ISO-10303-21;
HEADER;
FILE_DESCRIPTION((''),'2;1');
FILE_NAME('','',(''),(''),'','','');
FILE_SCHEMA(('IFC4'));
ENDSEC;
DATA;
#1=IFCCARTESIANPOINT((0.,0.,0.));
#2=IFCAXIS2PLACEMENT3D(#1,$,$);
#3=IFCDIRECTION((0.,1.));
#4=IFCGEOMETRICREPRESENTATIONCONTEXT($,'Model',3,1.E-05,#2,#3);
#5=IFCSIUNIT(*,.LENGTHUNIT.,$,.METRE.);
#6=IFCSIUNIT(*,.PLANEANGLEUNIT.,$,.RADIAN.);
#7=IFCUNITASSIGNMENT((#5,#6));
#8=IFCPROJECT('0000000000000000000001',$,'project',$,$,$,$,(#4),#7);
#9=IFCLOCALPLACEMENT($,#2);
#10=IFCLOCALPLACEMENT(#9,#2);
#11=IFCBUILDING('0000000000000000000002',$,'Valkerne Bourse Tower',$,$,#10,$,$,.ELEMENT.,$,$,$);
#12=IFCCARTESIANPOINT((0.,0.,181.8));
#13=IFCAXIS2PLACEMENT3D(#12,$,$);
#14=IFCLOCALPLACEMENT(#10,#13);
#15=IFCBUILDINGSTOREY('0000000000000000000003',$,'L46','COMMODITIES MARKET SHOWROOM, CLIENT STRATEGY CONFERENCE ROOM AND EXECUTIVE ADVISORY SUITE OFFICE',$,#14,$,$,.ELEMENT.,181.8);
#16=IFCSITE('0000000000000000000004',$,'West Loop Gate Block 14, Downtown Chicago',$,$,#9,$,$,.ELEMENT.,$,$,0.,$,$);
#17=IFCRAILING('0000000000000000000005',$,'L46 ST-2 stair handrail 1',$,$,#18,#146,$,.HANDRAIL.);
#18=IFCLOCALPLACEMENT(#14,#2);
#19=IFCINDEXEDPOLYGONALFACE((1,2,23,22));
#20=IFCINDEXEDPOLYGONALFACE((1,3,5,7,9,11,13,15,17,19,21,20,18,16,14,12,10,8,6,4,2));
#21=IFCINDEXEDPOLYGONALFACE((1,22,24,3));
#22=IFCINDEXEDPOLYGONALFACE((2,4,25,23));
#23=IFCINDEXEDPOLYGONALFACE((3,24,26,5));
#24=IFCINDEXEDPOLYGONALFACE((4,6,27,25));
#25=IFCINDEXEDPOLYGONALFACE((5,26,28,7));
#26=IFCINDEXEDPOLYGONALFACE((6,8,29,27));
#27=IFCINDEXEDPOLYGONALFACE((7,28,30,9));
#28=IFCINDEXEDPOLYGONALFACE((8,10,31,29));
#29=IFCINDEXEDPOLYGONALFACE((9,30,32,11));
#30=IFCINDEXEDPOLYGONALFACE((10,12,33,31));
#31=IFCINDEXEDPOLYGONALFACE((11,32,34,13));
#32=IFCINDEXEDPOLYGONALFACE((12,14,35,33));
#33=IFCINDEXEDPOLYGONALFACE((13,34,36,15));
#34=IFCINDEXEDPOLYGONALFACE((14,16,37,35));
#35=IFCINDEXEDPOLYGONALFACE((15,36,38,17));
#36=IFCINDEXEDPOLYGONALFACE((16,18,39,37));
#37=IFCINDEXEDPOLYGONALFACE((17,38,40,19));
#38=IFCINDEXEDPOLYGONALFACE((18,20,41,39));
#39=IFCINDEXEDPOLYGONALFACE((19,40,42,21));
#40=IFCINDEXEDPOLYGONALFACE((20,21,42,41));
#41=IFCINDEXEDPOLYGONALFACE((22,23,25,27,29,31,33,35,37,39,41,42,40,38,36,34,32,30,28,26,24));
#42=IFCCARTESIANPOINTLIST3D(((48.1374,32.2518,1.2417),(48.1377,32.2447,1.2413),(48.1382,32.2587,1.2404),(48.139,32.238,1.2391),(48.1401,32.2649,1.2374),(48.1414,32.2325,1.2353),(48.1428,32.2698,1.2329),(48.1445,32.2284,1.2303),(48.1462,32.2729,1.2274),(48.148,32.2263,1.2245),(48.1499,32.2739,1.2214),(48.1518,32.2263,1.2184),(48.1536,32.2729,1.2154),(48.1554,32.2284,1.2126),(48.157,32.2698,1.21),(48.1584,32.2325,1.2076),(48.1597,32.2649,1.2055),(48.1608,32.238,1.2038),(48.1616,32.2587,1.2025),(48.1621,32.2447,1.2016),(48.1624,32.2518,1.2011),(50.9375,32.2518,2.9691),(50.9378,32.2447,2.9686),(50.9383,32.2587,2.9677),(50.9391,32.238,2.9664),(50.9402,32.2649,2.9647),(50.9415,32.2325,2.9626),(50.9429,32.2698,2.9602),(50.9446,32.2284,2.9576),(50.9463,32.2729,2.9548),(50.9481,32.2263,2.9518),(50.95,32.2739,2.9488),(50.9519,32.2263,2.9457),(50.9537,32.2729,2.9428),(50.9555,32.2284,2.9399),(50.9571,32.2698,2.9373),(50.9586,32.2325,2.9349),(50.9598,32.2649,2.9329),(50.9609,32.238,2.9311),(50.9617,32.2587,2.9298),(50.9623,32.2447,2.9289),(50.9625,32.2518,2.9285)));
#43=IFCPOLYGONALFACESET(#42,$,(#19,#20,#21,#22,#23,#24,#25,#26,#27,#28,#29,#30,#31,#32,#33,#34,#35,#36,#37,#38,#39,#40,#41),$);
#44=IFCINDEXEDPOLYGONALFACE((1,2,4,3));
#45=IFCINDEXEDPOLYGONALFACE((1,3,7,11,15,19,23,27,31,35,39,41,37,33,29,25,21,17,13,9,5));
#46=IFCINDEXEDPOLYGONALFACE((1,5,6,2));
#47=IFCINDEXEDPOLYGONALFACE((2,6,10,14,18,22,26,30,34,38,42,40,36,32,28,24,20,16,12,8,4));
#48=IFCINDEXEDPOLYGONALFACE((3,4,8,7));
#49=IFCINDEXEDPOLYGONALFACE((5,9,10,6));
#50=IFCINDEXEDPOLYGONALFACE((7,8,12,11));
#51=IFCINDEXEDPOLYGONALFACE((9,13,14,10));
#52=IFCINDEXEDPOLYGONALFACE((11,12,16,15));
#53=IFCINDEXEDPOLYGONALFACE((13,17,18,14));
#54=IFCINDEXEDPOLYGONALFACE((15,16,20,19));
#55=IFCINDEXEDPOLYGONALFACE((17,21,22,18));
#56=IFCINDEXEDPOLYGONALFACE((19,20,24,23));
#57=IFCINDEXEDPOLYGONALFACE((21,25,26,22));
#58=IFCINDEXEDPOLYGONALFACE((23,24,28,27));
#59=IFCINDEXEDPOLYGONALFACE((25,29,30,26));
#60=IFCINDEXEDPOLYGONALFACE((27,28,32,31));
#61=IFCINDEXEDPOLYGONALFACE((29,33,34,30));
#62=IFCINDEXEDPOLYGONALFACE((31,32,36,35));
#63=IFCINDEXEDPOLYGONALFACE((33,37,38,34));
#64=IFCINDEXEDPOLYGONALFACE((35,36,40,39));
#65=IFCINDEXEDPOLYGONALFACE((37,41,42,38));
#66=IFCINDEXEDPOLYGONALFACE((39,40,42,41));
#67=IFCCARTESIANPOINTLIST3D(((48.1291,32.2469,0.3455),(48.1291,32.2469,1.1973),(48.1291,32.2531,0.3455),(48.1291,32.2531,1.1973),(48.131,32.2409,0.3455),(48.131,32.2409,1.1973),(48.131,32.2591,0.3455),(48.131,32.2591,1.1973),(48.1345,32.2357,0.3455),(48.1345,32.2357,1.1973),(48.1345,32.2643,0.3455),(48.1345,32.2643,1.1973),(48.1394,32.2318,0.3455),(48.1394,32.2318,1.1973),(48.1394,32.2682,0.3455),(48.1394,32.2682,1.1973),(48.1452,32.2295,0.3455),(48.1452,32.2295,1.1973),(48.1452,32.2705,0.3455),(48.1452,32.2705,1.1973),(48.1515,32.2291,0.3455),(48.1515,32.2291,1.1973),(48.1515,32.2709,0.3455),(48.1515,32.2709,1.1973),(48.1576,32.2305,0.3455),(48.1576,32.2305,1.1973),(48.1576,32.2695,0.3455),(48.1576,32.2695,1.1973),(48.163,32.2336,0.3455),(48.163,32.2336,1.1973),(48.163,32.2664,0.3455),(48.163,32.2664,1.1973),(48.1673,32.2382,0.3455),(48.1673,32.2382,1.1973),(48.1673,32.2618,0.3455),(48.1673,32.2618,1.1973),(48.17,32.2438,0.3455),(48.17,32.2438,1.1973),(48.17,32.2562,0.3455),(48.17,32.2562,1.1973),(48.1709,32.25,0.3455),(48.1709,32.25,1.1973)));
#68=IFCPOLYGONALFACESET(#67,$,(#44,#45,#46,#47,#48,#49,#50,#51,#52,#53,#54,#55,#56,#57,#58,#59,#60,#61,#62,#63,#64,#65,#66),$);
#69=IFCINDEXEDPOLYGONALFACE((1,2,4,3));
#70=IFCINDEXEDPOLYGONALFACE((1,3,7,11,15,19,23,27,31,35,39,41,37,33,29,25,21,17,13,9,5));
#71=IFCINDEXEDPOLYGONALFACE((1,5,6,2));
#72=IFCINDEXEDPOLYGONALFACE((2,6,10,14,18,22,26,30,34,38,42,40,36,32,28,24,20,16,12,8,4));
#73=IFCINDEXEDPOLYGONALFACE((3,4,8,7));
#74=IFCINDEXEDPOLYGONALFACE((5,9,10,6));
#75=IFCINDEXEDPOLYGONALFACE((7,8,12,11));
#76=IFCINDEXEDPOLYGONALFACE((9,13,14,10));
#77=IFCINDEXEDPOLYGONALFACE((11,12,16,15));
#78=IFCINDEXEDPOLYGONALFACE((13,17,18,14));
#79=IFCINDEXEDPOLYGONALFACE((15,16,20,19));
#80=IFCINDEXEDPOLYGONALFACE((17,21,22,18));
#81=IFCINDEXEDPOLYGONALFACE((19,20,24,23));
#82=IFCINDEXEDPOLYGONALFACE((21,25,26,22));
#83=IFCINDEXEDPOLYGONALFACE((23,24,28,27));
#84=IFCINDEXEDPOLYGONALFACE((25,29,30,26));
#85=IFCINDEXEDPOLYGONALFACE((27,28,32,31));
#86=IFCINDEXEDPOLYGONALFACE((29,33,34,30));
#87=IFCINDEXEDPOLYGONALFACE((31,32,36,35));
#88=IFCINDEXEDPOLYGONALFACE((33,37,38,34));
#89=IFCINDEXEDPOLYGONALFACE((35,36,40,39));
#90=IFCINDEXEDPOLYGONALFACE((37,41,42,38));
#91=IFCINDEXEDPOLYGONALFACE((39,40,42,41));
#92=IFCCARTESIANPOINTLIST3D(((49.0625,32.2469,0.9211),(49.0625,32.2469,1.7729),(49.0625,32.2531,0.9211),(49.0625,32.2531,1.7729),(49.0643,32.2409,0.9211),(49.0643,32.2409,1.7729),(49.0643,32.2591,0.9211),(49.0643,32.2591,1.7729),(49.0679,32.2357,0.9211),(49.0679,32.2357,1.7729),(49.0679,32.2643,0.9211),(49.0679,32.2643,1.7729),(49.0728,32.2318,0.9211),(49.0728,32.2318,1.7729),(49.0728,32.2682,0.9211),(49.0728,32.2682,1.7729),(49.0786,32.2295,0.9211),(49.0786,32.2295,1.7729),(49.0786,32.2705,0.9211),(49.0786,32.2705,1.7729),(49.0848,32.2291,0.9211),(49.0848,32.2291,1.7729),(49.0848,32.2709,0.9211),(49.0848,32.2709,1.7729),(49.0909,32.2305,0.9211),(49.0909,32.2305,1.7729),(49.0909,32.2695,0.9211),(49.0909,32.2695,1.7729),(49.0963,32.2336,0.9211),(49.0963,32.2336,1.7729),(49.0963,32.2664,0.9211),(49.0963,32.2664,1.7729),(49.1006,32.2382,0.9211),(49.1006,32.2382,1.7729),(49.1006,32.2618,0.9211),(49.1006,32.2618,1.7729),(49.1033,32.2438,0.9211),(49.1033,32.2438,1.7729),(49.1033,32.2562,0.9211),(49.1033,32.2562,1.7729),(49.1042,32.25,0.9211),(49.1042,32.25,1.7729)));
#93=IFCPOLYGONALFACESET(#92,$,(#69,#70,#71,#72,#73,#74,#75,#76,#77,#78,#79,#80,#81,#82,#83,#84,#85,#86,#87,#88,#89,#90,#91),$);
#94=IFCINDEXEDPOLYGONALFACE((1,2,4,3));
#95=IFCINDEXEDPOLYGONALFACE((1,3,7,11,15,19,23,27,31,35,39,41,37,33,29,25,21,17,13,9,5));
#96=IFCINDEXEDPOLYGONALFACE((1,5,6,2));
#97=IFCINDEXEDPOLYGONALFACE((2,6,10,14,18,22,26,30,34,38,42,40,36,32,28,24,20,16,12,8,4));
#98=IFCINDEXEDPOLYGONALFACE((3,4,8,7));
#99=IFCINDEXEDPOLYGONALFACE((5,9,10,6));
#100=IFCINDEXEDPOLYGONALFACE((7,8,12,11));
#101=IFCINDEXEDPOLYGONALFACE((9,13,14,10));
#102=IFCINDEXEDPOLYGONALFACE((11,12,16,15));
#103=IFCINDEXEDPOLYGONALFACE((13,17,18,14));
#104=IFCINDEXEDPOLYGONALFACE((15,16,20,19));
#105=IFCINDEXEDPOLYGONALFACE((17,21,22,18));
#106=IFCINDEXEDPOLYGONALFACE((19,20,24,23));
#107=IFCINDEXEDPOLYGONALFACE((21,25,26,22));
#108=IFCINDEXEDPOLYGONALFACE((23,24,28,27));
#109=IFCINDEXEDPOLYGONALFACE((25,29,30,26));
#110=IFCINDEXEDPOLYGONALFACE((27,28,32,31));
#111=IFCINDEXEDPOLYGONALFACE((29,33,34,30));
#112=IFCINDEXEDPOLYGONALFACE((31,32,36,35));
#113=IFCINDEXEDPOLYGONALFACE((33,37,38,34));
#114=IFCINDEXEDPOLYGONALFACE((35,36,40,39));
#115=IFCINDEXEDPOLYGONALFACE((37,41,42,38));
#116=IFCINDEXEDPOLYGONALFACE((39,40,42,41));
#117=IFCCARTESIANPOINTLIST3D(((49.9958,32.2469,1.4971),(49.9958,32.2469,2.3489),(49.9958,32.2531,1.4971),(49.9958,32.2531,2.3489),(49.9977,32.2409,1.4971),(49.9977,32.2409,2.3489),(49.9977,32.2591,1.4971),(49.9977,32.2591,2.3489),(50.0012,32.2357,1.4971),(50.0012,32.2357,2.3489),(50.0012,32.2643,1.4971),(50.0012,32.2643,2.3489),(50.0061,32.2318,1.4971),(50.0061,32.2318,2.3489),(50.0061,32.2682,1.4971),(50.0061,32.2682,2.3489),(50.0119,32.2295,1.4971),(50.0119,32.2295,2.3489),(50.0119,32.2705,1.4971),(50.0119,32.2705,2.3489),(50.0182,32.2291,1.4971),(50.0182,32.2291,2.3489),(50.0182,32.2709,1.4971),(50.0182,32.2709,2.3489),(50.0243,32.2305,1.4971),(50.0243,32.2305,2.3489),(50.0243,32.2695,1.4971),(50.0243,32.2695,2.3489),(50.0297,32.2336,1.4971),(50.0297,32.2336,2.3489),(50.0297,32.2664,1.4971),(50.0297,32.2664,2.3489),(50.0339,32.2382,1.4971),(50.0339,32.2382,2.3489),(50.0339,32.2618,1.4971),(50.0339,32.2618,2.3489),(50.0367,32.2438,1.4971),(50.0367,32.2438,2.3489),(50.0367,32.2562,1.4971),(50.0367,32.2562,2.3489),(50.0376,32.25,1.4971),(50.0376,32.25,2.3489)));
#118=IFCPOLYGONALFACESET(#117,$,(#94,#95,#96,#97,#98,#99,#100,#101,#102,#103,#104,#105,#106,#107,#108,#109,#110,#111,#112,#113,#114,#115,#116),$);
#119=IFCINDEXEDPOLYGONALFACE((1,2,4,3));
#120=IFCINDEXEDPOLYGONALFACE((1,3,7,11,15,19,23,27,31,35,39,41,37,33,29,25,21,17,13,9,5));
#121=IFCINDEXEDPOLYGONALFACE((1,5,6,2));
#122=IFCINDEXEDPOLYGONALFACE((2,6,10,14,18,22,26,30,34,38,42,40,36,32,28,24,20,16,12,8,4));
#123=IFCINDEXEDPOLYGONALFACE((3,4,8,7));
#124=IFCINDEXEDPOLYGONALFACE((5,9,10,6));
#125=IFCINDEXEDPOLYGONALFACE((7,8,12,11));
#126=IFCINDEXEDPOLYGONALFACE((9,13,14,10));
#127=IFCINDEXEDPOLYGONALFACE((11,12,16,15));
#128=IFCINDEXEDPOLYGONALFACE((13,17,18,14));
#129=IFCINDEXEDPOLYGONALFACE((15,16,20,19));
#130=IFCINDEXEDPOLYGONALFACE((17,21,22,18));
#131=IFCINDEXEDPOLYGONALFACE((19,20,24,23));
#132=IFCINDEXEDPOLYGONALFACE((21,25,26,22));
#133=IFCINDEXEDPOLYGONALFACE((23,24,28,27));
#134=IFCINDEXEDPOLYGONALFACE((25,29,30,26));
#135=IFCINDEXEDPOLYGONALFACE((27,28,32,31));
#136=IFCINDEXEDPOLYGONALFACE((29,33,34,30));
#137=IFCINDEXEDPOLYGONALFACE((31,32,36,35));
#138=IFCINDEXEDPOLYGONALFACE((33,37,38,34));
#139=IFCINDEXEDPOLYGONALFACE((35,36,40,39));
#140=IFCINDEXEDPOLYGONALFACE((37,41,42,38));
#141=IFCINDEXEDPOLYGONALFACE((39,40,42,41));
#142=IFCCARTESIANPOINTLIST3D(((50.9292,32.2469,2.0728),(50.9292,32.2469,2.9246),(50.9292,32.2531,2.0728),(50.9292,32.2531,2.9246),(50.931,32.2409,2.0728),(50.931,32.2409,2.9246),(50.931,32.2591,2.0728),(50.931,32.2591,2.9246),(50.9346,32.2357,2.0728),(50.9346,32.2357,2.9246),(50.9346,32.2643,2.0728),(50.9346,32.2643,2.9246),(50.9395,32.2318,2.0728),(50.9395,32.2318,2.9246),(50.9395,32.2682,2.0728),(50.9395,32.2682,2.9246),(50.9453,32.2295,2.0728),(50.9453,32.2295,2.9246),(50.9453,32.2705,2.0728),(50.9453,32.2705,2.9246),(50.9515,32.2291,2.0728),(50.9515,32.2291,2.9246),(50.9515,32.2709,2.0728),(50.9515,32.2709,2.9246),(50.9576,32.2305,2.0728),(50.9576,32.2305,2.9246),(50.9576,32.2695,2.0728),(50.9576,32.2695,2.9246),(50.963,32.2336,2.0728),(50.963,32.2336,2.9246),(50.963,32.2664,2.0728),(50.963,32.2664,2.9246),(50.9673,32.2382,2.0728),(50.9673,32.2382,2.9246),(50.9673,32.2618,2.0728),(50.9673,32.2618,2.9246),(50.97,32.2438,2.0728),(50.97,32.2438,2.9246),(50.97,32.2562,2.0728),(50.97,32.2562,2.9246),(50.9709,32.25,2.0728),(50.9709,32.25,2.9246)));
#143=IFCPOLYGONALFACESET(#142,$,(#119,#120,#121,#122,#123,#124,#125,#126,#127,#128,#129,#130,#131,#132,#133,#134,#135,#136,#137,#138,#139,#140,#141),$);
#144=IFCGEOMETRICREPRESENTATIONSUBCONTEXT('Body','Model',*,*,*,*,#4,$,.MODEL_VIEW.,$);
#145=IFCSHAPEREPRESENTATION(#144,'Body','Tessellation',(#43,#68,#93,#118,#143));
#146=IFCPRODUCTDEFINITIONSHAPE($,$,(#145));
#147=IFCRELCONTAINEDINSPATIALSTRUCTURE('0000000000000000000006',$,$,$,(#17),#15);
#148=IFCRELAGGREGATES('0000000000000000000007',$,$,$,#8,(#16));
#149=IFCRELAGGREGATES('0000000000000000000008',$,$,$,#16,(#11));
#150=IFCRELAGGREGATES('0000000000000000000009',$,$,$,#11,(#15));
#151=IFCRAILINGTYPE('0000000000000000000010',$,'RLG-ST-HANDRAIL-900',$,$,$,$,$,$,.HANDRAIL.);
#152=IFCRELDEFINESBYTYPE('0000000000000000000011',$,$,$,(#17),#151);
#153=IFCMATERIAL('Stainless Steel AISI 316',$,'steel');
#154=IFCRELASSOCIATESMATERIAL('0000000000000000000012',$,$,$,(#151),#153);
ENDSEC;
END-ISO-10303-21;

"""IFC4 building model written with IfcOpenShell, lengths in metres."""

from ifc_helpers import new_model, si_unit, direction, frame, origin, origin_2d, place, context, subcontext, project, spatial, circle, extrude, material, type_object, element, save


model = new_model("IFC4")

# Units and contexts
model_context = context("Model", 3, precision=1e-05, world=origin(), true_north=direction((0.0, 1.0)))
body_context = subcontext(model_context, "Body", "Model", "MODEL_VIEW")
ifc_project = project(units=[si_unit("LENGTHUNIT", "METRE"), si_unit("PLANEANGLEUNIT", "RADIAN")], contexts=[model_context])

# Site, building, storey
site_placement = place(None, origin())
site = spatial("IfcSite", under=ifc_project, at=site_placement, Name="West Loop Gate Block 14, Downtown Chicago", CompositionType="ELEMENT", RefElevation=0.0)
building_placement = place(site_placement, origin())
building = spatial("IfcBuilding", under=site, at=building_placement, Name="Valkerne Bourse Tower", CompositionType="ELEMENT")
storey_placement = place(building_placement, frame((0.0, 0.0, 181.8)))
storey = spatial("IfcBuildingStorey", under=building, at=storey_placement, Name="L46", Description="COMMODITIES MARKET SHOWROOM, CLIENT STRATEGY CONFERENCE ROOM AND EXECUTIVE ADVISORY SUITE OFFICE", CompositionType="ELEMENT", Elevation=181.8)

# Shared definitions
ifc_material_1 = material(Name="Stainless Steel AISI 316", Category="steel")

# Railing
railing_type_1 = type_object("IfcRailingType", Name="RLG-ST-HANDRAIL-900", PredefinedType="HANDRAIL", material=ifc_material_1)
railing_1_placement = place(storey_placement, frame((48.1499, 32.25, 0.3455)))
element("IfcRailing", 1, at=railing_1_placement, inside=storey, type_object=railing_type_1, Name="L46 ST-2 stair handrail 1", PredefinedType="HANDRAIL", context=body_context, shape_type="SweptSolid", body=[
    extrude(circle(Radius=0.0239, at=origin_2d()), frame((0.0, 0.0, 0.876), z_axis=(0.85109, 0.0, 0.52502), x_axis=(0.0, 1.0, 0.0)), (0.0, 0.0, 1.0), 3.29),
    extrude(circle(Radius=0.021, at=origin_2d()), origin(), (0.0, 0.0, 1.0), 0.8518),
    extrude(circle(Radius=0.021, at=origin_2d()), frame((0.9333, 0.0, 0.5757)), (0.0, 0.0, 1.0), 0.8518),
    extrude(circle(Radius=0.021, at=origin_2d()), frame((1.8667, 0.0, 1.1516)), (0.0, 0.0, 1.0), 0.8518),
    extrude(circle(Radius=0.021, at=origin_2d()), frame((2.8, 0.0, 1.7273)), (0.0, 0.0, 1.0), 0.8518),
])

save(model, "model.ifc")
